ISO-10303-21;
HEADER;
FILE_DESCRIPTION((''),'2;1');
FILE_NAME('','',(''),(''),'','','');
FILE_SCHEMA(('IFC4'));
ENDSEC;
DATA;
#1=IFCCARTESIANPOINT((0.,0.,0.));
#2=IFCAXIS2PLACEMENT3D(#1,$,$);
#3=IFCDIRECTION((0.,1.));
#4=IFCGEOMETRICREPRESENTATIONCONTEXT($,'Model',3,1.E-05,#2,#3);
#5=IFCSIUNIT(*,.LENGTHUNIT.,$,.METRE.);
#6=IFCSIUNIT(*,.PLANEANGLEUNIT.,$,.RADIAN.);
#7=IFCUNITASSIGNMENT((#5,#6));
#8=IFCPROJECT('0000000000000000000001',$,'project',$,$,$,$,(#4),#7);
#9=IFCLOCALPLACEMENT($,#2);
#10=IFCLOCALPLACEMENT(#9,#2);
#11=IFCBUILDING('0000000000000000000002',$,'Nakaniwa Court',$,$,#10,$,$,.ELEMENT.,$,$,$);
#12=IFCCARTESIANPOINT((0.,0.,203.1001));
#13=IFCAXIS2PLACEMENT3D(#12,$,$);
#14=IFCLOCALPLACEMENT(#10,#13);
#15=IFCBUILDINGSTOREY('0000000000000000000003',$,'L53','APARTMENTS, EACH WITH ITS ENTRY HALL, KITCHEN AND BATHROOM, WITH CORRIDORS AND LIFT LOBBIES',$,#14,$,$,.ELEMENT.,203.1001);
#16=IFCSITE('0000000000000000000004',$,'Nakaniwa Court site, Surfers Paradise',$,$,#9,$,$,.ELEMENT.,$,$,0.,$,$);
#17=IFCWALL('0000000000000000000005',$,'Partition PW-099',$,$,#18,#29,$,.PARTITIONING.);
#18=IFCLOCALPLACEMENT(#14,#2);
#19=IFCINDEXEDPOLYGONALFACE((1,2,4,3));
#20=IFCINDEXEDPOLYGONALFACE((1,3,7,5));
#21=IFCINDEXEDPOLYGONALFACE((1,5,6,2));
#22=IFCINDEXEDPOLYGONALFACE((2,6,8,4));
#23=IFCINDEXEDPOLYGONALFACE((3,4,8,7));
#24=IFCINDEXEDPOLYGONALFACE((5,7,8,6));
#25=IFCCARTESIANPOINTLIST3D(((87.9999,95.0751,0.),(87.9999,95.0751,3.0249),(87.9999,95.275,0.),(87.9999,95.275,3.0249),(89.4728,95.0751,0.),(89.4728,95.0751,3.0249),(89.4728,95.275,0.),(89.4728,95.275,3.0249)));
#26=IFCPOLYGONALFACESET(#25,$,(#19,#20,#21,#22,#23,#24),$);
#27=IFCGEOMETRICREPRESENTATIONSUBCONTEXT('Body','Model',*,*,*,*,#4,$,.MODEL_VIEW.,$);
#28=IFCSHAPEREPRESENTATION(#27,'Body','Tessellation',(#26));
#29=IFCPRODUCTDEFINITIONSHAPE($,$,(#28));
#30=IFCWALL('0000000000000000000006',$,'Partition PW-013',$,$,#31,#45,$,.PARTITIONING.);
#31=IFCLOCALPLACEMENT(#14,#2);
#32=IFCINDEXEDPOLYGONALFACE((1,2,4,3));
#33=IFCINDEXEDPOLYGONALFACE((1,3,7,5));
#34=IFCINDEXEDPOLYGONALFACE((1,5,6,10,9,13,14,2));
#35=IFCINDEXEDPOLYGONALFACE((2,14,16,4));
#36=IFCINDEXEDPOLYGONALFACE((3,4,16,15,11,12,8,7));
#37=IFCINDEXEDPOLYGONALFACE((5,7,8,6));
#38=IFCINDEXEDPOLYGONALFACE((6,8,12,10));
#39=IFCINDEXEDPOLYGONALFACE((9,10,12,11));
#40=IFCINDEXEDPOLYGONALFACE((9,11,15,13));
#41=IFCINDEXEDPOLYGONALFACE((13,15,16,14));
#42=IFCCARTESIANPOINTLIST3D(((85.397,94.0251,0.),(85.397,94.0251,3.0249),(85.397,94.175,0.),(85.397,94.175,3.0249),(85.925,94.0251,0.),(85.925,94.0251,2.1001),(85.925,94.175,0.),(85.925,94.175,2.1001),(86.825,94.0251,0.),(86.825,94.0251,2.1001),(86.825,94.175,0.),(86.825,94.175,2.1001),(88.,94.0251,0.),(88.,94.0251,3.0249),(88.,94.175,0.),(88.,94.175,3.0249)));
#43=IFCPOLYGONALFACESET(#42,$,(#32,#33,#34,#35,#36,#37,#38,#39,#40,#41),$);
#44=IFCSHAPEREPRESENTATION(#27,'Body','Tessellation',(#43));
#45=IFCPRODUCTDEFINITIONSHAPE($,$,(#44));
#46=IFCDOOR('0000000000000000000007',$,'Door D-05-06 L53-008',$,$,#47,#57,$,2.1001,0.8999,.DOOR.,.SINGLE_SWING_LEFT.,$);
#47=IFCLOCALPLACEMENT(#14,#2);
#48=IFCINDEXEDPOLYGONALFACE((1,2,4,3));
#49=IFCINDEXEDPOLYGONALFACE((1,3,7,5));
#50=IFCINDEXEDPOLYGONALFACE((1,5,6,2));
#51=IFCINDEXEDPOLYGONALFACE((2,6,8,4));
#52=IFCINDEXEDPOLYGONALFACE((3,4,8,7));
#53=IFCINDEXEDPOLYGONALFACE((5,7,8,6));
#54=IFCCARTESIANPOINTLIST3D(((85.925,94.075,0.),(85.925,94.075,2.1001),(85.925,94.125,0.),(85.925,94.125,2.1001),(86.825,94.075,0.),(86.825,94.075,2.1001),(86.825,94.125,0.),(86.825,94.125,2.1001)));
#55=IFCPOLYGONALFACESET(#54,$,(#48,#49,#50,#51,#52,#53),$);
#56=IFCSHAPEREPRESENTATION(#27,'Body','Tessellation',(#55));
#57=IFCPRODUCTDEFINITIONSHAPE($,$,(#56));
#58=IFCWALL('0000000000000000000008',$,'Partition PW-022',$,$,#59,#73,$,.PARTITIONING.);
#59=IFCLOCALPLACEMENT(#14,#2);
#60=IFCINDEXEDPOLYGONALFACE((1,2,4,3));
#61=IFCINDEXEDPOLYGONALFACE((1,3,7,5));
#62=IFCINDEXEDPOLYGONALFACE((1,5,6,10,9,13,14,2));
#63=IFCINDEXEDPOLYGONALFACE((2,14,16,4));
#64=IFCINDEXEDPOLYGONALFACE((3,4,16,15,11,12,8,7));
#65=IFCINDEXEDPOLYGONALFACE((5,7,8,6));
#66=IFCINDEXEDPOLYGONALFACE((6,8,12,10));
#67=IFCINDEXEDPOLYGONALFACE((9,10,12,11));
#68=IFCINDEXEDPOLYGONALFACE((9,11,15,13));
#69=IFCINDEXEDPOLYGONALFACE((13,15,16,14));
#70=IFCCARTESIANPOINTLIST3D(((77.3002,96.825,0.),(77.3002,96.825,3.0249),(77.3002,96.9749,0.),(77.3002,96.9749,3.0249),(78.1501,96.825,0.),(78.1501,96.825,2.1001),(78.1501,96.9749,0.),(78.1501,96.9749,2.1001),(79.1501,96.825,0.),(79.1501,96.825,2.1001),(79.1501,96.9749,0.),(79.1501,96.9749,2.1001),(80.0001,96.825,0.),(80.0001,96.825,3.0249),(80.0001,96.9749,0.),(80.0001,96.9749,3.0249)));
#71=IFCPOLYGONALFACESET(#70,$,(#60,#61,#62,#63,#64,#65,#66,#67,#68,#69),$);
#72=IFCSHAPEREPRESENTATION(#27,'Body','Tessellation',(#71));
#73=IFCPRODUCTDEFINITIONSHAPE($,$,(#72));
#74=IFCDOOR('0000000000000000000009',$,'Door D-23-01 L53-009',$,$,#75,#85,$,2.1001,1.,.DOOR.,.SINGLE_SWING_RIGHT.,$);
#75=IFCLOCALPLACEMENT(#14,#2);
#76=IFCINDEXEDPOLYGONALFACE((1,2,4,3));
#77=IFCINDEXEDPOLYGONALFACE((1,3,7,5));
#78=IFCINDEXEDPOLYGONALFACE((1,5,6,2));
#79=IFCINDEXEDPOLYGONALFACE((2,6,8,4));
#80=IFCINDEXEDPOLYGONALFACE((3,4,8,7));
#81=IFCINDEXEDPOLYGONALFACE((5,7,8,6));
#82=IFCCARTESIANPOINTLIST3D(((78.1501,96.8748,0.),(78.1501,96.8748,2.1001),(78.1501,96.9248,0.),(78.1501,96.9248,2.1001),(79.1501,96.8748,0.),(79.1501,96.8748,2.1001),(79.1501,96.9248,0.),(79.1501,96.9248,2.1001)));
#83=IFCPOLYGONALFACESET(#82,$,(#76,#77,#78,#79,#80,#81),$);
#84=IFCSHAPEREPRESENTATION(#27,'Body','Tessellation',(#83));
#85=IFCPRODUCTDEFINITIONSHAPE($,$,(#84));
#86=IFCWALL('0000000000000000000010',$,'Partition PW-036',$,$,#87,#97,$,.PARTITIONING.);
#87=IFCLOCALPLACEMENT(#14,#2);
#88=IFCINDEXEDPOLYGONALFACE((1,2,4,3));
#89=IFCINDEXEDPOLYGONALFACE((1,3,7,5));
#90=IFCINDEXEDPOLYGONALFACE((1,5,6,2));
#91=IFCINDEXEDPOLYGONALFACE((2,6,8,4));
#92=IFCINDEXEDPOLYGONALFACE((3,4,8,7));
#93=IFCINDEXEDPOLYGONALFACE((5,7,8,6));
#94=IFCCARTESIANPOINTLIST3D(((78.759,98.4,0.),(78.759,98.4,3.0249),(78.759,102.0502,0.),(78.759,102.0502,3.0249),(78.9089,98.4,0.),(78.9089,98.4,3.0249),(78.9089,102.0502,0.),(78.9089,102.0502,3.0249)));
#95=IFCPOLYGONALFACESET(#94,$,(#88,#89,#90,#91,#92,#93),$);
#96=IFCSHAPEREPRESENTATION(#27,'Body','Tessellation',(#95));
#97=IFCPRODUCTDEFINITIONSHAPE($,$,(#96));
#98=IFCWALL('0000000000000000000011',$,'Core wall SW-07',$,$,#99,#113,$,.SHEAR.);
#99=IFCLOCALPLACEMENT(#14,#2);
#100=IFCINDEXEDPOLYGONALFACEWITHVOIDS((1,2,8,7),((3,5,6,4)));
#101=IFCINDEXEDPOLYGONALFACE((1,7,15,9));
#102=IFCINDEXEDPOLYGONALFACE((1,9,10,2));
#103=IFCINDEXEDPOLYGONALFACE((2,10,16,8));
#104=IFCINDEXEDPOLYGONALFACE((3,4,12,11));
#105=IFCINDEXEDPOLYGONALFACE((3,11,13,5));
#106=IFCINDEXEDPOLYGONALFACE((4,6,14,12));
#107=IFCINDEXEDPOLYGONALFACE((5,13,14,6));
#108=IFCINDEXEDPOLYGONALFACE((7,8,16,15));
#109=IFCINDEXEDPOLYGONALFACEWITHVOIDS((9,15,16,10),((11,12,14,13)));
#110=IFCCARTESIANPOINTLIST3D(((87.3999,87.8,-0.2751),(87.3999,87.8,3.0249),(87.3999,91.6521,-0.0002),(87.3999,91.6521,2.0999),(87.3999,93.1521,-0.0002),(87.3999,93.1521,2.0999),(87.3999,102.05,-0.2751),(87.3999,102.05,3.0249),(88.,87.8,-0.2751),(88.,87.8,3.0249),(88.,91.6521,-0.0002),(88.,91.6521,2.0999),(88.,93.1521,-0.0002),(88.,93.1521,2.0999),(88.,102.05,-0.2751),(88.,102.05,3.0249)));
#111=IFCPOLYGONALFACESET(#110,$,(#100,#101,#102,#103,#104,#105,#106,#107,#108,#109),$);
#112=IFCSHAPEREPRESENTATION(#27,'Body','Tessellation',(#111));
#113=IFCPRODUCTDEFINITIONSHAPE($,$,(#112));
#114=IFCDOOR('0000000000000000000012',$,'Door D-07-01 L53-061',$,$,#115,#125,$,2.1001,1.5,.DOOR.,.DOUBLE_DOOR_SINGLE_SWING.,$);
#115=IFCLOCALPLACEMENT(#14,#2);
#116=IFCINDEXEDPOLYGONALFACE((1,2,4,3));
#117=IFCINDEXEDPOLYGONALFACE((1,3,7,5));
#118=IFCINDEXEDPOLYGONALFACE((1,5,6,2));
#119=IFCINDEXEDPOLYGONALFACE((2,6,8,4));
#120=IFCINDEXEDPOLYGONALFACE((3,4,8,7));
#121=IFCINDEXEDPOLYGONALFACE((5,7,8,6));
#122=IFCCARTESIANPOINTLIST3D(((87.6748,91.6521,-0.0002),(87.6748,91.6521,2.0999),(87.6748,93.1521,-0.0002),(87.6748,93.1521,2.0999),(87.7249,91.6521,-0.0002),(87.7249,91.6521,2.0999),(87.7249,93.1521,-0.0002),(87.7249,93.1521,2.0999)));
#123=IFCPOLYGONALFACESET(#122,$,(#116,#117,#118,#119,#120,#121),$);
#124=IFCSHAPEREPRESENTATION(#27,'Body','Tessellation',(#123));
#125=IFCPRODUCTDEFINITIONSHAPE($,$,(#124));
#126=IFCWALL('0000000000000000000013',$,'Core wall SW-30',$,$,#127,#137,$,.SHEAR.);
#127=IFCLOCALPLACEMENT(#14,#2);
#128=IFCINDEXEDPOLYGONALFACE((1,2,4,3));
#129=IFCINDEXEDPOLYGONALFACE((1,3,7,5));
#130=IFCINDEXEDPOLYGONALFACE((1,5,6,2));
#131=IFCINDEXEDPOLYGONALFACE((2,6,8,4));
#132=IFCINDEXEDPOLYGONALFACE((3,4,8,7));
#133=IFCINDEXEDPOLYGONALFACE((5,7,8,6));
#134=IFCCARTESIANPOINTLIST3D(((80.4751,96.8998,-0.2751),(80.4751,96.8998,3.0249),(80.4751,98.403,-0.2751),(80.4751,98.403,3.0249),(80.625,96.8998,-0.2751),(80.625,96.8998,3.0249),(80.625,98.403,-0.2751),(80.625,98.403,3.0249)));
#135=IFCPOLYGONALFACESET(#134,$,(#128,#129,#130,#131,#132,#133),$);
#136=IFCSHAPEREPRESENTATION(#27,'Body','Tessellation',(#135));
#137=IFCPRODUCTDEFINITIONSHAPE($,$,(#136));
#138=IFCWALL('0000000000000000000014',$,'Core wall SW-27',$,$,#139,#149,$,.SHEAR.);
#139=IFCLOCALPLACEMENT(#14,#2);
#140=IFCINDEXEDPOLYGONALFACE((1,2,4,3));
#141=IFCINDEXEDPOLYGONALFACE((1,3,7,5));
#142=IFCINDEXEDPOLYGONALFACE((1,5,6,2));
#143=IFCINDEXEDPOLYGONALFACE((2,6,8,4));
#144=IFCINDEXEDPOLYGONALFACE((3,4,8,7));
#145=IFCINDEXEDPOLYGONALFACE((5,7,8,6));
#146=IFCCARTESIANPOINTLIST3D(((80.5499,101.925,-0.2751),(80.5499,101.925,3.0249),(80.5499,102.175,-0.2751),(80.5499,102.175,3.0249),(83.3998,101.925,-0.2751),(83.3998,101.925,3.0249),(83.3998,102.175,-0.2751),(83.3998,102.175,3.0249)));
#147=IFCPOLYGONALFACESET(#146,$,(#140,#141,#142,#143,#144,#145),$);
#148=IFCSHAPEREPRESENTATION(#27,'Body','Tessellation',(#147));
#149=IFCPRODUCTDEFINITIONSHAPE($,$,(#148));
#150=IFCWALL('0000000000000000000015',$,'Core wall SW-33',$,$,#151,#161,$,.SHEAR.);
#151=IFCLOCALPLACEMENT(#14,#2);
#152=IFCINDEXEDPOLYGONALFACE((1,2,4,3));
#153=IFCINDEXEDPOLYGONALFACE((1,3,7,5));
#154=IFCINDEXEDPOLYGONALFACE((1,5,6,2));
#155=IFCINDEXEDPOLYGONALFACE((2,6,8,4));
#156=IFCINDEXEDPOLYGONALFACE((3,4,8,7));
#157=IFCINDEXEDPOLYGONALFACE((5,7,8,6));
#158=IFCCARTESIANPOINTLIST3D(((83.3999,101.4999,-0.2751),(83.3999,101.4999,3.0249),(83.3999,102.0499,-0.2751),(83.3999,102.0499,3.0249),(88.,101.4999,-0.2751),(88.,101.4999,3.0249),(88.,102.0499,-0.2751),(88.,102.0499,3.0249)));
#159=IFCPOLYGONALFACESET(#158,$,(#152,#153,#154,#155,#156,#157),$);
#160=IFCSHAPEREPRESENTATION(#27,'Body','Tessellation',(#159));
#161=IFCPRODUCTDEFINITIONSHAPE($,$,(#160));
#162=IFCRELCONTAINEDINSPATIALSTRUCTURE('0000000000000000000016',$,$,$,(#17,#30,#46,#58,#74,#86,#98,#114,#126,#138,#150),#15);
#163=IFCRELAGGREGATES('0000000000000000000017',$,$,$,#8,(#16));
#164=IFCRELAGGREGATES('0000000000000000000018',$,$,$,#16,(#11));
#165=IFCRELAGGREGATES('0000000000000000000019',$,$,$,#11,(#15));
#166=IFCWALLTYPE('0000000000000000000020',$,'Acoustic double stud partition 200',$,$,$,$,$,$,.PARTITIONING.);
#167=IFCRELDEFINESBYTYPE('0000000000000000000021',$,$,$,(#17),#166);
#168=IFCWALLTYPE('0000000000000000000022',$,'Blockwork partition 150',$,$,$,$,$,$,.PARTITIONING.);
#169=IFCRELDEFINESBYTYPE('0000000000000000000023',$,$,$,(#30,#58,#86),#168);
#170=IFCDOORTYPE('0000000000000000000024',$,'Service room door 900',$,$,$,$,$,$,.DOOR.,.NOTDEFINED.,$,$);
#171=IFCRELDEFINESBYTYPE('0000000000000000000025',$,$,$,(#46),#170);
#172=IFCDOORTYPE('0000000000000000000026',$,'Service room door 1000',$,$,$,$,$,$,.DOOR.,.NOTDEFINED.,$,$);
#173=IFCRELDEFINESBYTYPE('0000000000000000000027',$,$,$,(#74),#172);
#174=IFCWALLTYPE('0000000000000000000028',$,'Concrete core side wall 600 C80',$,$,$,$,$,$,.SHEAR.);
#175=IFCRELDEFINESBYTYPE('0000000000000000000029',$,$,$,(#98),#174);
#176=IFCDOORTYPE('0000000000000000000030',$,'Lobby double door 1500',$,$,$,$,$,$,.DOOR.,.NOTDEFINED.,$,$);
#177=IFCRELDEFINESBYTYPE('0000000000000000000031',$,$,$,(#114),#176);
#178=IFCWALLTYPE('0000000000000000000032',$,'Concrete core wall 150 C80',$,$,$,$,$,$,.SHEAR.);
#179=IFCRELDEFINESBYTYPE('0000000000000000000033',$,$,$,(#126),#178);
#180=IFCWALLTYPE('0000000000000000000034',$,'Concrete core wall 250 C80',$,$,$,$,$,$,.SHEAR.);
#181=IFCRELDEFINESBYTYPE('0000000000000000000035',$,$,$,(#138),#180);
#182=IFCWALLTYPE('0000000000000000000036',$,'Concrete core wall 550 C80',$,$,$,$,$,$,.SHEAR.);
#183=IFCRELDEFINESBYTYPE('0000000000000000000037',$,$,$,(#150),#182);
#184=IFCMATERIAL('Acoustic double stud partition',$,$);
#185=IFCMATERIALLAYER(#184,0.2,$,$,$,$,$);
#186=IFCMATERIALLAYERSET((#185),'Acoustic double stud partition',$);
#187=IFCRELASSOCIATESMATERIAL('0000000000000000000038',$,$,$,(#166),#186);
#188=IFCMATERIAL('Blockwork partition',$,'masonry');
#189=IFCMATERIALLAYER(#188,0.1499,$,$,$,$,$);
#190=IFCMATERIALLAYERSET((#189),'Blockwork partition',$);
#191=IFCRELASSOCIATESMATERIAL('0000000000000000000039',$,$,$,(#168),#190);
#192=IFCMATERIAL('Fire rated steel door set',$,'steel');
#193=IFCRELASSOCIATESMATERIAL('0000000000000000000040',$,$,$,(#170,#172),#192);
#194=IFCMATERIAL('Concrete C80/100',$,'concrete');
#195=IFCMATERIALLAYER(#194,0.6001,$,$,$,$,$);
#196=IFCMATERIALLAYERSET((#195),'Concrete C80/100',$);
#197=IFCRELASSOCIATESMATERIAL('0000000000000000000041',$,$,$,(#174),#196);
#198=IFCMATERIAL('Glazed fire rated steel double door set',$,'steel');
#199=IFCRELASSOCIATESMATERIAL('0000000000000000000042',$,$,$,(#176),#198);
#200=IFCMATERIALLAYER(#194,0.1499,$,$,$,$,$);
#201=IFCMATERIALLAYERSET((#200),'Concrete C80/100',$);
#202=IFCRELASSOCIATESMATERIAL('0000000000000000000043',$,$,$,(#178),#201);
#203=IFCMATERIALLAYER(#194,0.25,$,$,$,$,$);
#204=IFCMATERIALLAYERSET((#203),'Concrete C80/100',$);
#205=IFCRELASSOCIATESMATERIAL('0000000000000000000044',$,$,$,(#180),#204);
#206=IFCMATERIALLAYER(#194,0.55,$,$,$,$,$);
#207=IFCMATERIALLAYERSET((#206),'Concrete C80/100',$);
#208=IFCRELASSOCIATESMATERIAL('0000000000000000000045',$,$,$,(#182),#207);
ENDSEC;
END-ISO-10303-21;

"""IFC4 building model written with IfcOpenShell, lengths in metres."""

from ifc_helpers import new_model, si_unit, direction, frame, frame_2d, origin, place, context, subcontext, project, spatial, rectangle, extrude, material, layer, layer_set, type_object, element, fill, save


model = new_model("IFC4")

# Units and contexts
model_context = context("Model", 3, precision=1e-05, world=origin(), true_north=direction((0.0, 1.0)))
body_context = subcontext(model_context, "Body", "Model", "MODEL_VIEW")
ifc_project = project(units=[si_unit("LENGTHUNIT", "METRE"), si_unit("PLANEANGLEUNIT", "RADIAN")], contexts=[model_context])

# Site, building, storey
site_placement = place(None, origin())
site = spatial("IfcSite", under=ifc_project, at=site_placement, Name="Nakaniwa Court site, Surfers Paradise", CompositionType="ELEMENT", RefElevation=0.0)
building_placement = place(site_placement, origin())
building = spatial("IfcBuilding", under=site, at=building_placement, Name="Nakaniwa Court", CompositionType="ELEMENT")
storey_placement = place(building_placement, frame((0.0, 0.0, 203.1001)))
storey = spatial("IfcBuildingStorey", under=building, at=storey_placement, Name="L53", Description="APARTMENTS, EACH WITH ITS ENTRY HALL, KITCHEN AND BATHROOM, WITH CORRIDORS AND LIFT LOBBIES", CompositionType="ELEMENT", Elevation=203.1001)

# Wall
ifc_material_1 = material(Name="Acoustic double stud partition")
ifc_layer_1 = layer(ifc_material_1, 0.2)
ifc_layer_set_1 = layer_set([ifc_layer_1], Name="Acoustic double stud partition")
wall_type_1 = type_object("IfcWallType", Name="Acoustic double stud partition 200", PredefinedType="PARTITIONING", material=ifc_layer_set_1)
wall_1_placement = place(storey_placement, frame((88.0, 95.175, 0.0), z_axis=(0.0, 0.0, 1.0), x_axis=(1.0, 0.0, 0.0)))
element("IfcWall", 1, at=wall_1_placement, inside=storey, type_object=wall_type_1, Name="Partition PW-099", PredefinedType="PARTITIONING", context=body_context, shape_type="SweptSolid", body=[
    extrude(rectangle(XDim=1.4729, YDim=0.2, at=frame_2d((0.7363, 0.0))), origin(), (0.0, 0.0, 1.0), 3.0249),
])

# Walls, openings, doors
ifc_material_2 = material(Name="Blockwork partition", Category="masonry")
ifc_layer_2 = layer(ifc_material_2, 0.1499)
ifc_layer_set_2 = layer_set([ifc_layer_2], Name="Blockwork partition")
wall_type_2 = type_object("IfcWallType", Name="Blockwork partition 150", PredefinedType="PARTITIONING", material=ifc_layer_set_2)
wall_2_placement = place(storey_placement, frame((85.397, 94.1001, 0.0), z_axis=(0.0, 0.0, 1.0), x_axis=(1.0, 0.0, 0.0)))
wall_2 = element("IfcWall", 2, at=wall_2_placement, inside=storey, type_object=wall_type_2, Name="Partition PW-013", PredefinedType="PARTITIONING", context=body_context, shape_type="SweptSolid", body=[
    extrude(rectangle(XDim=2.603, YDim=0.1499, at=frame_2d((1.3015, 0.0))), origin(), (0.0, 0.0, 1.0), 3.0249),
])
opening_1_placement = place(wall_2_placement, frame((0.5281, 0.0, 0.0)))
opening_1 = element("IfcOpeningElement", 3, at=opening_1_placement, cuts=wall_2, PredefinedType="OPENING", context=body_context, shape_type="SweptSolid", body=[
    extrude(rectangle(XDim=0.8999, YDim=2.1001, at=frame_2d((0.45, 1.05))), frame((0.0, 0.085, 0.0), z_axis=(0.0, -1.0, 0.0), x_axis=(1.0, 0.0, 0.0)), (0.0, 0.0, 1.0), 0.1699),
])
ifc_material_3 = material(Name="Fire rated steel door set", Category="steel")
door_type_1 = type_object("IfcDoorType", Name="Service room door 900", OperationType="NOTDEFINED", PredefinedType="DOOR", material=ifc_material_3)
door_1_placement = place(opening_1_placement, origin())
door_1 = element("IfcDoor", 4, at=door_1_placement, inside=storey, type_object=door_type_1, Name="Door D-05-06 L53-008", OperationType="SINGLE_SWING_LEFT", OverallHeight=2.1001, OverallWidth=0.8999, PredefinedType="DOOR", context=body_context, shape_type="SweptSolid", body=[
    extrude(rectangle(XDim=0.8999, YDim=2.1001, at=frame_2d((0.45, 1.05))), frame((0.0, 0.0249, 0.0), z_axis=(0.0, -1.0, 0.0), x_axis=(1.0, 0.0, 0.0)), (0.0, 0.0, 1.0), 0.05),
])
fill(opening_1, door_1)
wall_3_placement = place(storey_placement, frame((77.3, 96.8999, 0.0), z_axis=(0.0, 0.0, 1.0), x_axis=(1.0, 0.0, 0.0)))
wall_3 = element("IfcWall", 5, at=wall_3_placement, inside=storey, type_object=wall_type_2, Name="Partition PW-022", PredefinedType="PARTITIONING", context=body_context, shape_type="SweptSolid", body=[
    extrude(rectangle(XDim=2.7, YDim=0.1499, at=frame_2d((1.3501, 0.0))), origin(), (0.0, 0.0, 1.0), 3.0249),
])
opening_2_placement = place(wall_3_placement, frame((0.8501, 0.0, 0.0)))
opening_2 = element("IfcOpeningElement", 6, at=opening_2_placement, cuts=wall_3, PredefinedType="OPENING", context=body_context, shape_type="SweptSolid", body=[
    extrude(rectangle(XDim=1.0, YDim=2.1001, at=frame_2d((0.5, 1.05))), frame((0.0, 0.085, 0.0), z_axis=(0.0, -1.0, 0.0), x_axis=(1.0, 0.0, 0.0)), (0.0, 0.0, 1.0), 0.1699),
])
door_type_2 = type_object("IfcDoorType", Name="Service room door 1000", OperationType="NOTDEFINED", PredefinedType="DOOR", material=ifc_material_3)
door_2_placement = place(opening_2_placement, origin())
door_2 = element("IfcDoor", 7, at=door_2_placement, inside=storey, type_object=door_type_2, Name="Door D-23-01 L53-009", OperationType="SINGLE_SWING_RIGHT", OverallHeight=2.1001, OverallWidth=1.0, PredefinedType="DOOR", context=body_context, shape_type="SweptSolid", body=[
    extrude(rectangle(XDim=1.0, YDim=2.1001, at=frame_2d((0.5, 1.05))), frame((0.0, 0.0249, 0.0), z_axis=(0.0, -1.0, 0.0), x_axis=(1.0, 0.0, 0.0)), (0.0, 0.0, 1.0), 0.05),
])
fill(opening_2, door_2)

# Wall
wall_4_placement = place(storey_placement, frame((78.834, 98.3999, 0.0), z_axis=(0.0, 0.0, 1.0), x_axis=(0.0, 1.0, 0.0)))
element("IfcWall", 8, at=wall_4_placement, inside=storey, type_object=wall_type_2, Name="Partition PW-036", PredefinedType="PARTITIONING", context=body_context, shape_type="SweptSolid", body=[
    extrude(rectangle(XDim=3.6501, YDim=0.1499, at=frame_2d((1.8252, 0.0))), origin(), (0.0, 0.0, 1.0), 3.0249),
])

# Wall, opening, door
ifc_material_4 = material(Name="Concrete C80/100", Category="concrete")
ifc_layer_3 = layer(ifc_material_4, 0.6001)
ifc_layer_set_3 = layer_set([ifc_layer_3], Name="Concrete C80/100")
wall_type_3 = type_object("IfcWallType", Name="Concrete core side wall 600 C80", PredefinedType="SHEAR", material=ifc_layer_set_3)
wall_5_placement = place(storey_placement, frame((87.7, 102.05, -0.2751), z_axis=(0.0, 0.0, 1.0), x_axis=(0.0, -1.0, 0.0)))
wall_5 = element("IfcWall", 9, at=wall_5_placement, inside=storey, type_object=wall_type_3, Name="Core wall SW-07", PredefinedType="SHEAR", context=body_context, shape_type="SweptSolid", body=[
    extrude(rectangle(XDim=14.25, YDim=0.6001, at=frame_2d((7.125, 0.0))), origin(), (0.0, 0.0, 1.0), 3.3),
])
opening_3_placement = place(wall_5_placement, frame((8.8979, 0.0, 0.2749)))
opening_3 = element("IfcOpeningElement", 10, at=opening_3_placement, cuts=wall_5, PredefinedType="OPENING", context=body_context, shape_type="SweptSolid", body=[
    extrude(rectangle(XDim=1.5, YDim=2.1001, at=frame_2d((0.75, 1.05))), frame((0.0, 0.3101, 0.0), z_axis=(0.0, -1.0, 0.0), x_axis=(1.0, 0.0, 0.0)), (0.0, 0.0, 1.0), 0.6201),
])
ifc_material_5 = material(Name="Glazed fire rated steel double door set", Category="steel")
door_type_3 = type_object("IfcDoorType", Name="Lobby double door 1500", OperationType="NOTDEFINED", PredefinedType="DOOR", material=ifc_material_5)
door_3_placement = place(opening_3_placement, origin())
door_3 = element("IfcDoor", 11, at=door_3_placement, inside=storey, type_object=door_type_3, Name="Door D-07-01 L53-061", OperationType="DOUBLE_DOOR_SINGLE_SWING", OverallHeight=2.1001, OverallWidth=1.5, PredefinedType="DOOR", context=body_context, shape_type="SweptSolid", body=[
    extrude(rectangle(XDim=1.5, YDim=2.1001, at=frame_2d((0.75, 1.05))), frame((0.0, 0.0249, 0.0), z_axis=(0.0, -1.0, 0.0), x_axis=(1.0, 0.0, 0.0)), (0.0, 0.0, 1.0), 0.05),
])
fill(opening_3, door_3)

# Walls
ifc_layer_4 = layer(ifc_material_4, 0.1499)
ifc_layer_set_4 = layer_set([ifc_layer_4], Name="Concrete C80/100")
wall_type_4 = type_object("IfcWallType", Name="Concrete core wall 150 C80", PredefinedType="SHEAR", material=ifc_layer_set_4)
wall_6_placement = place(storey_placement, frame((80.55, 96.8999, -0.2751), z_axis=(0.0, 0.0, 1.0), x_axis=(0.0, 1.0, 0.0)))
element("IfcWall", 12, at=wall_6_placement, inside=storey, type_object=wall_type_4, Name="Core wall SW-30", PredefinedType="SHEAR", context=body_context, shape_type="SweptSolid", body=[
    extrude(rectangle(XDim=1.5032, YDim=0.1499, at=frame_2d((0.7515, 0.0))), origin(), (0.0, 0.0, 1.0), 3.3),
])
ifc_layer_5 = layer(ifc_material_4, 0.25)
ifc_layer_set_5 = layer_set([ifc_layer_5], Name="Concrete C80/100")
wall_type_5 = type_object("IfcWallType", Name="Concrete core wall 250 C80", PredefinedType="SHEAR", material=ifc_layer_set_5)
wall_7_placement = place(storey_placement, frame((80.55, 102.05, -0.2751), z_axis=(0.0, 0.0, 1.0), x_axis=(1.0, 0.0, 0.0)))
element("IfcWall", 13, at=wall_7_placement, inside=storey, type_object=wall_type_5, Name="Core wall SW-27", PredefinedType="SHEAR", context=body_context, shape_type="SweptSolid", body=[
    extrude(rectangle(XDim=2.8499, YDim=0.25, at=frame_2d((1.4248, 0.0))), origin(), (0.0, 0.0, 1.0), 3.3),
])
ifc_layer_6 = layer(ifc_material_4, 0.55)
ifc_layer_set_6 = layer_set([ifc_layer_6], Name="Concrete C80/100")
wall_type_6 = type_object("IfcWallType", Name="Concrete core wall 550 C80", PredefinedType="SHEAR", material=ifc_layer_set_6)
wall_8_placement = place(storey_placement, frame((83.3999, 101.7749, -0.2751), z_axis=(0.0, 0.0, 1.0), x_axis=(1.0, 0.0, 0.0)))
element("IfcWall", 14, at=wall_8_placement, inside=storey, type_object=wall_type_6, Name="Core wall SW-33", PredefinedType="SHEAR", context=body_context, shape_type="SweptSolid", body=[
    extrude(rectangle(XDim=4.6001, YDim=0.55, at=frame_2d((2.3, 0.0))), origin(), (0.0, 0.0, 1.0), 3.3),
])

save(model, "model.ifc")
